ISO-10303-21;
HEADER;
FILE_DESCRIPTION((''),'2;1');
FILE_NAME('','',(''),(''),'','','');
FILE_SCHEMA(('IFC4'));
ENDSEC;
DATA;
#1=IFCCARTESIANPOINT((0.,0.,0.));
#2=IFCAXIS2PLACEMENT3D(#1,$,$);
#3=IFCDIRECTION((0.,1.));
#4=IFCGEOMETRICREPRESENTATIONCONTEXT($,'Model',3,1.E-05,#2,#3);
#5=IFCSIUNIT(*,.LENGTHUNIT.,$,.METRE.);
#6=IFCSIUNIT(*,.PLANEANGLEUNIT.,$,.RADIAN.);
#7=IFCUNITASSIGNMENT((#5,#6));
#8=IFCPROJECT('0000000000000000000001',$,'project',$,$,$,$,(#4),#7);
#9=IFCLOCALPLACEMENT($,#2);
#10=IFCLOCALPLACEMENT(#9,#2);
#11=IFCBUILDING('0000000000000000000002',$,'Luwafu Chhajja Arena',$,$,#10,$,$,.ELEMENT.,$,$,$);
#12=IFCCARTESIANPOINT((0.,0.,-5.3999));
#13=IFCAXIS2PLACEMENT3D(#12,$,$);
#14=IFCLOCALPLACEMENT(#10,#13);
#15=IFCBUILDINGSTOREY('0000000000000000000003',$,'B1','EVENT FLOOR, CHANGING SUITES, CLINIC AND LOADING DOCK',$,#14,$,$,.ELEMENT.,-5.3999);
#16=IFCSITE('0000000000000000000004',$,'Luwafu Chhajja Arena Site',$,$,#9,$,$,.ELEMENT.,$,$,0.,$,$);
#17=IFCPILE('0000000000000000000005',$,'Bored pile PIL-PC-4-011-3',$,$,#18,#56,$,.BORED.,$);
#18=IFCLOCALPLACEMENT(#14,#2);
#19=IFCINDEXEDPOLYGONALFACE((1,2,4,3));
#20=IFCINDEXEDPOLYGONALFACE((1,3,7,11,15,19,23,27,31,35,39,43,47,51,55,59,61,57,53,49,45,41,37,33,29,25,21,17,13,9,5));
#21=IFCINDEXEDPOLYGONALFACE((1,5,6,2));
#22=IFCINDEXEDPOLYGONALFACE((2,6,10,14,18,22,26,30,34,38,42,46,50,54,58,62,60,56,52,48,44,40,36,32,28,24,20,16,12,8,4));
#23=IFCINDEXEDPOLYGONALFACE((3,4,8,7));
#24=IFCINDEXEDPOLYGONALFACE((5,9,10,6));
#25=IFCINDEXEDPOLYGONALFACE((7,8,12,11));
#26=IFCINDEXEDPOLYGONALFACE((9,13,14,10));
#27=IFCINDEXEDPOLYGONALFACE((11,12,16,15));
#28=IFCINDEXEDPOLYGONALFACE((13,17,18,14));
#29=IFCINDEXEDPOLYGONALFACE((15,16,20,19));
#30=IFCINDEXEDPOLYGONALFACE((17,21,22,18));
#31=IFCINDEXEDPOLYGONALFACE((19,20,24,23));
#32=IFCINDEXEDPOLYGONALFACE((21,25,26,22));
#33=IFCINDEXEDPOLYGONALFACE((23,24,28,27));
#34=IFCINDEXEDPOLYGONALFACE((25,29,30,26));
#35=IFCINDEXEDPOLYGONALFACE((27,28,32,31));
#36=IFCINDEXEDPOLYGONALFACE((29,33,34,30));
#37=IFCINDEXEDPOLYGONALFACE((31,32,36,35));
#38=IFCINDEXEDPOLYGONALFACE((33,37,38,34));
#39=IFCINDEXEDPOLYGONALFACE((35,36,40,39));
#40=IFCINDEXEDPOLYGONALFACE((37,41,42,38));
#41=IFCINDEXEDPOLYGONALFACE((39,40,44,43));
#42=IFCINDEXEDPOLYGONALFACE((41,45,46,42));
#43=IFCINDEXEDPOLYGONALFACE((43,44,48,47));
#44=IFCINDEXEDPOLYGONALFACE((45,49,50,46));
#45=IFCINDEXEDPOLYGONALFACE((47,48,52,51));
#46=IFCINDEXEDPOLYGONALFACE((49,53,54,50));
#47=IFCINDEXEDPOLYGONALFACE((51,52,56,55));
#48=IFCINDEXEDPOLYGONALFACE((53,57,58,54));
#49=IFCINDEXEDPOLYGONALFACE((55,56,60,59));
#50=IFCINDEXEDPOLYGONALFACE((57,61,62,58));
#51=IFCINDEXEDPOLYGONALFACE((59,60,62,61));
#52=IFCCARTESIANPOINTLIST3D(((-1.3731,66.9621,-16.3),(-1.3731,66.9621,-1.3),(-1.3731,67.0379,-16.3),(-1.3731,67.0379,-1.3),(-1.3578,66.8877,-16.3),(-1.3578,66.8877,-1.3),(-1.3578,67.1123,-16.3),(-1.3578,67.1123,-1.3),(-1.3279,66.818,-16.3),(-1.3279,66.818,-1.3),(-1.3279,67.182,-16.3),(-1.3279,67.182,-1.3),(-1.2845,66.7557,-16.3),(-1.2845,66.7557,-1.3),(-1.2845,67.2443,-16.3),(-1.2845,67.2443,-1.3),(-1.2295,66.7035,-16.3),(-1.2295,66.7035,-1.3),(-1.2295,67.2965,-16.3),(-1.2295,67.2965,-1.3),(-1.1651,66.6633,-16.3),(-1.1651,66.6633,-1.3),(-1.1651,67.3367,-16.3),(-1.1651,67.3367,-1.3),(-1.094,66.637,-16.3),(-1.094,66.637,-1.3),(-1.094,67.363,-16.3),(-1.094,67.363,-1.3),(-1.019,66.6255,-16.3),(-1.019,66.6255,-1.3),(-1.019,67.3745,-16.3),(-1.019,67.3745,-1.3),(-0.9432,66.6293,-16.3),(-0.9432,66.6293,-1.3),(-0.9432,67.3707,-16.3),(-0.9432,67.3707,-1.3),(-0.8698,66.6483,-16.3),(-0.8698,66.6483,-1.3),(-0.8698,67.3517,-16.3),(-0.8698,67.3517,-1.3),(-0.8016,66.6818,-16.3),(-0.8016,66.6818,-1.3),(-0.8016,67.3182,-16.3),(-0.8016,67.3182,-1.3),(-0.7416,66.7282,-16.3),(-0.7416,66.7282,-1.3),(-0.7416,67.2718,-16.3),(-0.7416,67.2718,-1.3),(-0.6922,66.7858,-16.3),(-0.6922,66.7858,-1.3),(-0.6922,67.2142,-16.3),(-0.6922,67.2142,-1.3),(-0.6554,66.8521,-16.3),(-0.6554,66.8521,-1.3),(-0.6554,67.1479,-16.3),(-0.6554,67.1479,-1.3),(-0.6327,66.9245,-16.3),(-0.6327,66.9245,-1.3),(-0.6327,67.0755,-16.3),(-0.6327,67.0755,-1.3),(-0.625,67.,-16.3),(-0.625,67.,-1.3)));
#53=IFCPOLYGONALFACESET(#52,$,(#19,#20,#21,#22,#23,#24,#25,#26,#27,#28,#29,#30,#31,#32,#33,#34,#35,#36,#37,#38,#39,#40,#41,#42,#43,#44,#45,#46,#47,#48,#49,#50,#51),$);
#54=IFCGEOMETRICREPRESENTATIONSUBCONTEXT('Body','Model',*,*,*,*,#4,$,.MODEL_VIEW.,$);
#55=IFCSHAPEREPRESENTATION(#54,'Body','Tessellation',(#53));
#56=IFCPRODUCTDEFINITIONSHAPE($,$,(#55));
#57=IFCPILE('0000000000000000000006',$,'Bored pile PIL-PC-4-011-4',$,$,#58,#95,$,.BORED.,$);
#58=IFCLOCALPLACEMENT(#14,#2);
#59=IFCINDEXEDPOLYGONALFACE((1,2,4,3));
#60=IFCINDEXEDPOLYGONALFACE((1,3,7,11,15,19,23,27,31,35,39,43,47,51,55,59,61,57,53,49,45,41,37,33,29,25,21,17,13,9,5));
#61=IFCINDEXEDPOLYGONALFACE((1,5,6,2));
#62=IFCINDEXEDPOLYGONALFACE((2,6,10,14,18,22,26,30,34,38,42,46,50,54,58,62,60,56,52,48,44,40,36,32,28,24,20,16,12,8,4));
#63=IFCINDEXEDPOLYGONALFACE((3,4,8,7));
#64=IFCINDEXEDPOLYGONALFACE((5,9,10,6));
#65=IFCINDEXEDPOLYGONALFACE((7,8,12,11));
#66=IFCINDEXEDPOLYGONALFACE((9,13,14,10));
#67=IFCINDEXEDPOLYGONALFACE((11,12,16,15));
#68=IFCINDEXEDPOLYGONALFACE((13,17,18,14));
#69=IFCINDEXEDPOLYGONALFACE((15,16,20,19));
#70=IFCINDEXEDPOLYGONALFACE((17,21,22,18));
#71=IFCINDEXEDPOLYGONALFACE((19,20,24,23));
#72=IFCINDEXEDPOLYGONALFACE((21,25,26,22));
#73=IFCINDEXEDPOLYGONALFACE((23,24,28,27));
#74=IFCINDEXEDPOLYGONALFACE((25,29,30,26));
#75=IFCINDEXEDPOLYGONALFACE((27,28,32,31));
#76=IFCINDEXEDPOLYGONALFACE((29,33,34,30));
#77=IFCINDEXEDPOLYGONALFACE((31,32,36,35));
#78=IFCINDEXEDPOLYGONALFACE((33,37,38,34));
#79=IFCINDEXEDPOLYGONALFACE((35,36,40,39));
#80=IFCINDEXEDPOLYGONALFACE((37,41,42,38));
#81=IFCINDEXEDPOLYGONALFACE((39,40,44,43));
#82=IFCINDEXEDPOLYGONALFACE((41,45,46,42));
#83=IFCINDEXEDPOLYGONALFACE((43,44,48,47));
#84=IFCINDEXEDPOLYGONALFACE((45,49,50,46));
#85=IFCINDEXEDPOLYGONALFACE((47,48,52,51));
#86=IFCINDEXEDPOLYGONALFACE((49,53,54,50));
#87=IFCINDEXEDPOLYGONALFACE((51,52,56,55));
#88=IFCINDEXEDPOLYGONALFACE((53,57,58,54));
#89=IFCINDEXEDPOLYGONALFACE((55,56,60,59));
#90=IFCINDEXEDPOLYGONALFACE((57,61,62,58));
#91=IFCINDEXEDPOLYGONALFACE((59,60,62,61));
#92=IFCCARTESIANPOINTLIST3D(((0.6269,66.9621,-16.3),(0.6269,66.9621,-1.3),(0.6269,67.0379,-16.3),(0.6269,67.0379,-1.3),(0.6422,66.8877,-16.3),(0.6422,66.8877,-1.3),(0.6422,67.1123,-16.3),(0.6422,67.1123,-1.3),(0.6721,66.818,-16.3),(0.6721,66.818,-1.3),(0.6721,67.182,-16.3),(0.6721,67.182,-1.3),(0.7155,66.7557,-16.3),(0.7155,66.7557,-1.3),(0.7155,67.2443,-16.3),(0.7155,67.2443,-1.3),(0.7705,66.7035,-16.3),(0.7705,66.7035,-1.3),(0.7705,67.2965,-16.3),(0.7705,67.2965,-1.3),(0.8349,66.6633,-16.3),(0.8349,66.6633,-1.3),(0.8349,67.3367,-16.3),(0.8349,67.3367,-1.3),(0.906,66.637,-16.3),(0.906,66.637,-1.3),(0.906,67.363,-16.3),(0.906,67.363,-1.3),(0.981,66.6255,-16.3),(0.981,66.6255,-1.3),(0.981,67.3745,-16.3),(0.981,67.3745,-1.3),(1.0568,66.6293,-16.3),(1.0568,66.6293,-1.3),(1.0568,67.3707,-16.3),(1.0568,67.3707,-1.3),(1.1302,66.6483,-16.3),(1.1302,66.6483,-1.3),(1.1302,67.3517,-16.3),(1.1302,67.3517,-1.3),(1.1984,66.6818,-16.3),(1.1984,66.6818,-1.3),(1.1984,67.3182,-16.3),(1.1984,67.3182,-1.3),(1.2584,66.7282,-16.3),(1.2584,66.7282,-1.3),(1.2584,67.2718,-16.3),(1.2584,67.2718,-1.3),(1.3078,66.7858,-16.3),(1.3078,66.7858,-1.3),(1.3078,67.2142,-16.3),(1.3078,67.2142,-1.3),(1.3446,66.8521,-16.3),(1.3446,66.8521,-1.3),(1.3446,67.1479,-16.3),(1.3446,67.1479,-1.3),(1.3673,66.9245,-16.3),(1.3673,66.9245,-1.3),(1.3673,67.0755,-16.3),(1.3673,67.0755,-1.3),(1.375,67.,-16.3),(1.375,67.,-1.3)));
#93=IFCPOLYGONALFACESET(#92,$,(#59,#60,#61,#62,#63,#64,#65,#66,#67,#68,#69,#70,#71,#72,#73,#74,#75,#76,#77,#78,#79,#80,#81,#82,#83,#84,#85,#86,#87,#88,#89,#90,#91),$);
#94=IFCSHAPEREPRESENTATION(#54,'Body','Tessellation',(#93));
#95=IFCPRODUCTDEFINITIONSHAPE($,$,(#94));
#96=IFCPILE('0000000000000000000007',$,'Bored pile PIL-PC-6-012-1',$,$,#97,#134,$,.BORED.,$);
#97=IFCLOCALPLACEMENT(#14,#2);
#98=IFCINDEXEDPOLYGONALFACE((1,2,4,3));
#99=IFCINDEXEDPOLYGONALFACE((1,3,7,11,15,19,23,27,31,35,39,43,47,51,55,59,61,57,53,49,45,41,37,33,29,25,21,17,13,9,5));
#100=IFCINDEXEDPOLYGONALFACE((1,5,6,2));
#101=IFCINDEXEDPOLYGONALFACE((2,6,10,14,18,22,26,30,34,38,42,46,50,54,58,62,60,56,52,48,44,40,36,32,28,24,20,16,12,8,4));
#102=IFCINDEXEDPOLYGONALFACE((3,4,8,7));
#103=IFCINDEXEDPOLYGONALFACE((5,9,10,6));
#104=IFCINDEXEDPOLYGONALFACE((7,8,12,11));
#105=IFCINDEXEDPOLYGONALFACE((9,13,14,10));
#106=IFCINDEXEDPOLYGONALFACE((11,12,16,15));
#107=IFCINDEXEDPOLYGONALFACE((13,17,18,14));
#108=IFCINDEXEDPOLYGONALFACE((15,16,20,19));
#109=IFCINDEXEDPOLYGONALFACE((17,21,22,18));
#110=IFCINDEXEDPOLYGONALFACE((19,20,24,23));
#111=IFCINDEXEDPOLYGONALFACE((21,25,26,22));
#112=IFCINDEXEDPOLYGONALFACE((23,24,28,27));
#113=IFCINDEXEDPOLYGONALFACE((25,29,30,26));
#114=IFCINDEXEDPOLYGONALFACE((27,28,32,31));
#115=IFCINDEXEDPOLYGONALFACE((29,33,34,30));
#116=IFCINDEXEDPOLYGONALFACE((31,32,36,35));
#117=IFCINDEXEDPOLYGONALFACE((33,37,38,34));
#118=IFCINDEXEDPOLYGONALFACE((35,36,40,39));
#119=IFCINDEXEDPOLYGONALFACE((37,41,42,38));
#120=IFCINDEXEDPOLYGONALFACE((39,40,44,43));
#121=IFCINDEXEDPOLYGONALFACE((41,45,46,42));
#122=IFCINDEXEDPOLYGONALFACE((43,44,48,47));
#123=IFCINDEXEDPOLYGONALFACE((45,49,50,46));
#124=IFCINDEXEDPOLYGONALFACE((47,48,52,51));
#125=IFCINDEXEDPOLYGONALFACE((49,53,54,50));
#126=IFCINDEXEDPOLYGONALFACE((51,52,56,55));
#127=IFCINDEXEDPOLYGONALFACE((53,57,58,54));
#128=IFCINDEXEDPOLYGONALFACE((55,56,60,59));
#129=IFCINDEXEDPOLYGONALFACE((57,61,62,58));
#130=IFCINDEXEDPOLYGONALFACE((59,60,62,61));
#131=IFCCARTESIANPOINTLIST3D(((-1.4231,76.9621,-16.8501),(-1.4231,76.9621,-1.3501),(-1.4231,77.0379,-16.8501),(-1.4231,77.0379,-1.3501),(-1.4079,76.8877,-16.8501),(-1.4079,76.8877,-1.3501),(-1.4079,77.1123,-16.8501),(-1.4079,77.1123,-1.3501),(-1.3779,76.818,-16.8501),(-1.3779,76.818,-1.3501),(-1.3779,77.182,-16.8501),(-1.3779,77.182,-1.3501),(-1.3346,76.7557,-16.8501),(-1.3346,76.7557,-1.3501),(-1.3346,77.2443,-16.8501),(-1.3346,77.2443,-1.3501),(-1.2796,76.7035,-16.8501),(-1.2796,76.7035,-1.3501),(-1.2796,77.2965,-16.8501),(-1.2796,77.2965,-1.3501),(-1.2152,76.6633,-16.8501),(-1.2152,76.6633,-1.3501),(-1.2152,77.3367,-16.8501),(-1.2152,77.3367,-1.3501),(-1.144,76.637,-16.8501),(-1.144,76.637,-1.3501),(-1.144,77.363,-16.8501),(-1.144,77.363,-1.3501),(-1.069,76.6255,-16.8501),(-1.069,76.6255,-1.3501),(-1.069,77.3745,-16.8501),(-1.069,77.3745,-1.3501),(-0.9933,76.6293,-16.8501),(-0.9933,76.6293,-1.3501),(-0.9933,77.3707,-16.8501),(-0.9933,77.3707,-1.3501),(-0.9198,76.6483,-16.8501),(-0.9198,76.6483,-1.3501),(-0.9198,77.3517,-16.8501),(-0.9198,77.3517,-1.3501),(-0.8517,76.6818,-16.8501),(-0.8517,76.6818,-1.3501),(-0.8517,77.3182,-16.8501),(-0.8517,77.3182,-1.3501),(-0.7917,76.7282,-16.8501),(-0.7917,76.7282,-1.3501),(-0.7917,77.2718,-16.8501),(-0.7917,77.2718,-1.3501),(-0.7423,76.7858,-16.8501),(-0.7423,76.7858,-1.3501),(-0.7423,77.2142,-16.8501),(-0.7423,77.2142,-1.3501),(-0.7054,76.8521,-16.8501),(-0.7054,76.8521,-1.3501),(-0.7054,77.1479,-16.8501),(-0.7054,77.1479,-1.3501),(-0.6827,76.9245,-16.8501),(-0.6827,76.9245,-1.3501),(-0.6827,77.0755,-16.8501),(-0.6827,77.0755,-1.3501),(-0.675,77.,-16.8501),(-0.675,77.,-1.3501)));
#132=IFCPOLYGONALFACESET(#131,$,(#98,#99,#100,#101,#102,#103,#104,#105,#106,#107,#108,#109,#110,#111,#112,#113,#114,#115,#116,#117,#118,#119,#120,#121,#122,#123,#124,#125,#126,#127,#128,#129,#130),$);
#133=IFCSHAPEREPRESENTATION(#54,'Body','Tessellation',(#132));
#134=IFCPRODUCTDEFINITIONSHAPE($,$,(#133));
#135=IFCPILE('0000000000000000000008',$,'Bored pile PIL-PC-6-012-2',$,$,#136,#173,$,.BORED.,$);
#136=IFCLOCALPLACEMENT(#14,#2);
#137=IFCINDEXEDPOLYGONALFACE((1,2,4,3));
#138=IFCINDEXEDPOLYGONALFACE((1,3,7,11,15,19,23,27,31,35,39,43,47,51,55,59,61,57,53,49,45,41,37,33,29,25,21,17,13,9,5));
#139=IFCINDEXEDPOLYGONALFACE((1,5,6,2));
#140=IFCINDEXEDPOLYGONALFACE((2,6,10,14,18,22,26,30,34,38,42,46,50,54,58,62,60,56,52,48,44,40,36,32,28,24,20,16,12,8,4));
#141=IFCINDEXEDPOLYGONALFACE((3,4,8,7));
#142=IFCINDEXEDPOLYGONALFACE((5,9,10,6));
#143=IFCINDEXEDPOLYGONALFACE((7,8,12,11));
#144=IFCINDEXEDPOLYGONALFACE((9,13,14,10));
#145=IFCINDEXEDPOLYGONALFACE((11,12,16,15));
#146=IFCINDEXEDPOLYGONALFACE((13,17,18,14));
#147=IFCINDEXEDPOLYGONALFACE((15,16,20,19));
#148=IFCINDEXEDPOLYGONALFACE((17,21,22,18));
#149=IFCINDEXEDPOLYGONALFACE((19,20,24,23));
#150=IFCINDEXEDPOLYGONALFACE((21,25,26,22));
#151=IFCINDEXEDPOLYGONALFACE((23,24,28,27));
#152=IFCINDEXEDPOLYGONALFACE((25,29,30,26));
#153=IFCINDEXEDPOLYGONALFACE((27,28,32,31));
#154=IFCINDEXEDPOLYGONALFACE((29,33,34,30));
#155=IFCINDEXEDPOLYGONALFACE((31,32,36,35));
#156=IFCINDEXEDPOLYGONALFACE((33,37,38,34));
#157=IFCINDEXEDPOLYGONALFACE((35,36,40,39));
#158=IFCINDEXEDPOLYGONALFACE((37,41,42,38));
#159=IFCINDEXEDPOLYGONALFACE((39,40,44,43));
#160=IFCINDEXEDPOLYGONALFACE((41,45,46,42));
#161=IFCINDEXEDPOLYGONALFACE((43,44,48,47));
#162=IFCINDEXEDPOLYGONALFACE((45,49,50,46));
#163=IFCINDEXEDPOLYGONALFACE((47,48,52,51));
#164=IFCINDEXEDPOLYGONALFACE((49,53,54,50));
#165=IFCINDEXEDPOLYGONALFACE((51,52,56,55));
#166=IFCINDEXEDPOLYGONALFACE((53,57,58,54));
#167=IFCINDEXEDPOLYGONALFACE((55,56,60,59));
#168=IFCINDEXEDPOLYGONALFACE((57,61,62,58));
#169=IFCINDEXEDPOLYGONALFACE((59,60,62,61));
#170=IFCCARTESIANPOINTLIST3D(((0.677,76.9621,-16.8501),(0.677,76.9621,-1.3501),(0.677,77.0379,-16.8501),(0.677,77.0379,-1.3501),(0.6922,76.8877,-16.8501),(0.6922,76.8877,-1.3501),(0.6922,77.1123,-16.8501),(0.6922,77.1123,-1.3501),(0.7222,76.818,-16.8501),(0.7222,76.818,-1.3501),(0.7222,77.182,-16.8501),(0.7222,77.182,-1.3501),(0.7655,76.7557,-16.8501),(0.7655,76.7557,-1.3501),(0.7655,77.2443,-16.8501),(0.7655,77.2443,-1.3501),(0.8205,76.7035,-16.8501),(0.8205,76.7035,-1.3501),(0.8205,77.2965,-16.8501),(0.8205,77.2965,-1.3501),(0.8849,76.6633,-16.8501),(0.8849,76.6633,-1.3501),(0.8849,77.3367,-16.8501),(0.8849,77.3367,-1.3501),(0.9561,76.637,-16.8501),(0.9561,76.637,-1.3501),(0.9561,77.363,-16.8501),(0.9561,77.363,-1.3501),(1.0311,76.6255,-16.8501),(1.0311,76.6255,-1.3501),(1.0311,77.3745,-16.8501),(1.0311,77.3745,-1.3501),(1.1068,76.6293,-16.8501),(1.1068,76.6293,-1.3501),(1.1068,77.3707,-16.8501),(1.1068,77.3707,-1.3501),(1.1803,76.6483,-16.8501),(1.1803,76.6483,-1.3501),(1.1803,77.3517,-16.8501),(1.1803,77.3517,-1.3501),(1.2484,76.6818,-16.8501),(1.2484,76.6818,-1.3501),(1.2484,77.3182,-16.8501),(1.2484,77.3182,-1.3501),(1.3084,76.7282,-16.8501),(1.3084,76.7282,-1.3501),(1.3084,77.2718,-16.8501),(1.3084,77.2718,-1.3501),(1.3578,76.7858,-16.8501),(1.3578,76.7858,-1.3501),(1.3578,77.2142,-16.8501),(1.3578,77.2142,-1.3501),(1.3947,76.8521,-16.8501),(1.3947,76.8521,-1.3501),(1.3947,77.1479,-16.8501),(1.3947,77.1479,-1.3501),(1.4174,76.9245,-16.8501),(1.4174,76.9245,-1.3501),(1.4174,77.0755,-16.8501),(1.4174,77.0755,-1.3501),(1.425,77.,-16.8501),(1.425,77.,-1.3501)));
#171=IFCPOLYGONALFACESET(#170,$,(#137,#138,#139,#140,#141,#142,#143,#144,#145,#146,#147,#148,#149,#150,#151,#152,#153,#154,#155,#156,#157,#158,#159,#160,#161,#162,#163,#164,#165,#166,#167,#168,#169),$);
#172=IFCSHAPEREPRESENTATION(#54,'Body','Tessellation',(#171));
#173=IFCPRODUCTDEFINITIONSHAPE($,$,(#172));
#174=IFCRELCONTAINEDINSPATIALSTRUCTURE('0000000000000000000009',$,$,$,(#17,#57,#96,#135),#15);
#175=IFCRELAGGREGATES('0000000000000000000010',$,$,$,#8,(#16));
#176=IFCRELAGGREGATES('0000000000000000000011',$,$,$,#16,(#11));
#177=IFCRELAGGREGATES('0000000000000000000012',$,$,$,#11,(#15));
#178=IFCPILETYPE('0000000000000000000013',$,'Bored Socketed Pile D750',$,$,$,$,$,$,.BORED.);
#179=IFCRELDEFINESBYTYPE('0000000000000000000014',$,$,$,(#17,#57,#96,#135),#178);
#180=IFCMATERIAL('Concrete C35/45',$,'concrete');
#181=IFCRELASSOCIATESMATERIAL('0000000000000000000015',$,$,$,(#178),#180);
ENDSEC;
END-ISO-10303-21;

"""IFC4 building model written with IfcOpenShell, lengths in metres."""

from ifc_helpers import new_model, si_unit, direction, frame, origin, origin_2d, place, context, subcontext, project, spatial, circle, extrude, material, material_profile, profile_set, type_object, element, save


model = new_model("IFC4")

# Units and contexts
model_context = context("Model", 3, precision=1e-05, world=origin(), true_north=direction((0.0, 1.0)))
body_context = subcontext(model_context, "Body", "Model", "MODEL_VIEW")
ifc_project = project(units=[si_unit("LENGTHUNIT", "METRE"), si_unit("PLANEANGLEUNIT", "RADIAN")], contexts=[model_context])

# Site, building, storey
site_placement = place(None, origin())
site = spatial("IfcSite", under=ifc_project, at=site_placement, Name="Luwafu Chhajja Arena Site", CompositionType="ELEMENT", RefElevation=0.0)
building_placement = place(site_placement, origin())
building = spatial("IfcBuilding", under=site, at=building_placement, Name="Luwafu Chhajja Arena", CompositionType="ELEMENT")
storey_placement = place(building_placement, frame((0.0, 0.0, -5.3999)))
storey = spatial("IfcBuildingStorey", under=building, at=storey_placement, Name="B1", Description="EVENT FLOOR, CHANGING SUITES, CLINIC AND LOADING DOCK", CompositionType="ELEMENT", Elevation=-5.3999)

# Shared definitions
ifc_material_1 = material(Name="Concrete C35/45", Category="concrete")

# Piles
ifc_material_profile_1 = material_profile(ifc_material_1, circle(Radius=0.375, at=origin_2d()), Name="PILE D750")
ifc_profile_set_1 = profile_set([ifc_material_profile_1], Name="Concrete C35/45")
pile_type_1 = type_object("IfcPileType", Name="Bored Socketed Pile D750", PredefinedType="BORED", material=ifc_profile_set_1)
for number, where, z_axis, x_axis, name in (
    (1, (-1.0, 67.0, -1.3), (0.0, 0.0, -1.0), (1.0, 0.0, 0.0), "Bored pile PIL-PC-4-011-3"),
    (2, (1.0, 67.0, -1.3), (0.0, 0.0, -1.0), (1.0, 0.0, 0.0), "Bored pile PIL-PC-4-011-4"),
):
    element("IfcPile", number, at=place(storey_placement, frame(where, z_axis=z_axis, x_axis=x_axis)), inside=storey, type_object=pile_type_1, Name=name, PredefinedType="BORED", context=body_context, shape_type="SweptSolid", body=[
        extrude(circle(Radius=0.375, at=origin_2d()), origin(), (0.0, 0.0, 1.0), 15.0),
    ])
for number, where, z_axis, x_axis, name in (
    (3, (-1.05, 77.0, -1.3501), (0.0, 0.0, -1.0), (1.0, 0.0, 0.0), "Bored pile PIL-PC-6-012-1"),
    (4, (1.05, 77.0, -1.3501), (0.0, 0.0, -1.0), (1.0, 0.0, 0.0), "Bored pile PIL-PC-6-012-2"),
):
    element("IfcPile", number, at=place(storey_placement, frame(where, z_axis=z_axis, x_axis=x_axis)), inside=storey, type_object=pile_type_1, Name=name, PredefinedType="BORED", context=body_context, shape_type="SweptSolid", body=[
        extrude(circle(Radius=0.375, at=origin_2d()), origin(), (0.0, 0.0, 1.0), 15.5),
    ])

save(model, "model.ifc")
